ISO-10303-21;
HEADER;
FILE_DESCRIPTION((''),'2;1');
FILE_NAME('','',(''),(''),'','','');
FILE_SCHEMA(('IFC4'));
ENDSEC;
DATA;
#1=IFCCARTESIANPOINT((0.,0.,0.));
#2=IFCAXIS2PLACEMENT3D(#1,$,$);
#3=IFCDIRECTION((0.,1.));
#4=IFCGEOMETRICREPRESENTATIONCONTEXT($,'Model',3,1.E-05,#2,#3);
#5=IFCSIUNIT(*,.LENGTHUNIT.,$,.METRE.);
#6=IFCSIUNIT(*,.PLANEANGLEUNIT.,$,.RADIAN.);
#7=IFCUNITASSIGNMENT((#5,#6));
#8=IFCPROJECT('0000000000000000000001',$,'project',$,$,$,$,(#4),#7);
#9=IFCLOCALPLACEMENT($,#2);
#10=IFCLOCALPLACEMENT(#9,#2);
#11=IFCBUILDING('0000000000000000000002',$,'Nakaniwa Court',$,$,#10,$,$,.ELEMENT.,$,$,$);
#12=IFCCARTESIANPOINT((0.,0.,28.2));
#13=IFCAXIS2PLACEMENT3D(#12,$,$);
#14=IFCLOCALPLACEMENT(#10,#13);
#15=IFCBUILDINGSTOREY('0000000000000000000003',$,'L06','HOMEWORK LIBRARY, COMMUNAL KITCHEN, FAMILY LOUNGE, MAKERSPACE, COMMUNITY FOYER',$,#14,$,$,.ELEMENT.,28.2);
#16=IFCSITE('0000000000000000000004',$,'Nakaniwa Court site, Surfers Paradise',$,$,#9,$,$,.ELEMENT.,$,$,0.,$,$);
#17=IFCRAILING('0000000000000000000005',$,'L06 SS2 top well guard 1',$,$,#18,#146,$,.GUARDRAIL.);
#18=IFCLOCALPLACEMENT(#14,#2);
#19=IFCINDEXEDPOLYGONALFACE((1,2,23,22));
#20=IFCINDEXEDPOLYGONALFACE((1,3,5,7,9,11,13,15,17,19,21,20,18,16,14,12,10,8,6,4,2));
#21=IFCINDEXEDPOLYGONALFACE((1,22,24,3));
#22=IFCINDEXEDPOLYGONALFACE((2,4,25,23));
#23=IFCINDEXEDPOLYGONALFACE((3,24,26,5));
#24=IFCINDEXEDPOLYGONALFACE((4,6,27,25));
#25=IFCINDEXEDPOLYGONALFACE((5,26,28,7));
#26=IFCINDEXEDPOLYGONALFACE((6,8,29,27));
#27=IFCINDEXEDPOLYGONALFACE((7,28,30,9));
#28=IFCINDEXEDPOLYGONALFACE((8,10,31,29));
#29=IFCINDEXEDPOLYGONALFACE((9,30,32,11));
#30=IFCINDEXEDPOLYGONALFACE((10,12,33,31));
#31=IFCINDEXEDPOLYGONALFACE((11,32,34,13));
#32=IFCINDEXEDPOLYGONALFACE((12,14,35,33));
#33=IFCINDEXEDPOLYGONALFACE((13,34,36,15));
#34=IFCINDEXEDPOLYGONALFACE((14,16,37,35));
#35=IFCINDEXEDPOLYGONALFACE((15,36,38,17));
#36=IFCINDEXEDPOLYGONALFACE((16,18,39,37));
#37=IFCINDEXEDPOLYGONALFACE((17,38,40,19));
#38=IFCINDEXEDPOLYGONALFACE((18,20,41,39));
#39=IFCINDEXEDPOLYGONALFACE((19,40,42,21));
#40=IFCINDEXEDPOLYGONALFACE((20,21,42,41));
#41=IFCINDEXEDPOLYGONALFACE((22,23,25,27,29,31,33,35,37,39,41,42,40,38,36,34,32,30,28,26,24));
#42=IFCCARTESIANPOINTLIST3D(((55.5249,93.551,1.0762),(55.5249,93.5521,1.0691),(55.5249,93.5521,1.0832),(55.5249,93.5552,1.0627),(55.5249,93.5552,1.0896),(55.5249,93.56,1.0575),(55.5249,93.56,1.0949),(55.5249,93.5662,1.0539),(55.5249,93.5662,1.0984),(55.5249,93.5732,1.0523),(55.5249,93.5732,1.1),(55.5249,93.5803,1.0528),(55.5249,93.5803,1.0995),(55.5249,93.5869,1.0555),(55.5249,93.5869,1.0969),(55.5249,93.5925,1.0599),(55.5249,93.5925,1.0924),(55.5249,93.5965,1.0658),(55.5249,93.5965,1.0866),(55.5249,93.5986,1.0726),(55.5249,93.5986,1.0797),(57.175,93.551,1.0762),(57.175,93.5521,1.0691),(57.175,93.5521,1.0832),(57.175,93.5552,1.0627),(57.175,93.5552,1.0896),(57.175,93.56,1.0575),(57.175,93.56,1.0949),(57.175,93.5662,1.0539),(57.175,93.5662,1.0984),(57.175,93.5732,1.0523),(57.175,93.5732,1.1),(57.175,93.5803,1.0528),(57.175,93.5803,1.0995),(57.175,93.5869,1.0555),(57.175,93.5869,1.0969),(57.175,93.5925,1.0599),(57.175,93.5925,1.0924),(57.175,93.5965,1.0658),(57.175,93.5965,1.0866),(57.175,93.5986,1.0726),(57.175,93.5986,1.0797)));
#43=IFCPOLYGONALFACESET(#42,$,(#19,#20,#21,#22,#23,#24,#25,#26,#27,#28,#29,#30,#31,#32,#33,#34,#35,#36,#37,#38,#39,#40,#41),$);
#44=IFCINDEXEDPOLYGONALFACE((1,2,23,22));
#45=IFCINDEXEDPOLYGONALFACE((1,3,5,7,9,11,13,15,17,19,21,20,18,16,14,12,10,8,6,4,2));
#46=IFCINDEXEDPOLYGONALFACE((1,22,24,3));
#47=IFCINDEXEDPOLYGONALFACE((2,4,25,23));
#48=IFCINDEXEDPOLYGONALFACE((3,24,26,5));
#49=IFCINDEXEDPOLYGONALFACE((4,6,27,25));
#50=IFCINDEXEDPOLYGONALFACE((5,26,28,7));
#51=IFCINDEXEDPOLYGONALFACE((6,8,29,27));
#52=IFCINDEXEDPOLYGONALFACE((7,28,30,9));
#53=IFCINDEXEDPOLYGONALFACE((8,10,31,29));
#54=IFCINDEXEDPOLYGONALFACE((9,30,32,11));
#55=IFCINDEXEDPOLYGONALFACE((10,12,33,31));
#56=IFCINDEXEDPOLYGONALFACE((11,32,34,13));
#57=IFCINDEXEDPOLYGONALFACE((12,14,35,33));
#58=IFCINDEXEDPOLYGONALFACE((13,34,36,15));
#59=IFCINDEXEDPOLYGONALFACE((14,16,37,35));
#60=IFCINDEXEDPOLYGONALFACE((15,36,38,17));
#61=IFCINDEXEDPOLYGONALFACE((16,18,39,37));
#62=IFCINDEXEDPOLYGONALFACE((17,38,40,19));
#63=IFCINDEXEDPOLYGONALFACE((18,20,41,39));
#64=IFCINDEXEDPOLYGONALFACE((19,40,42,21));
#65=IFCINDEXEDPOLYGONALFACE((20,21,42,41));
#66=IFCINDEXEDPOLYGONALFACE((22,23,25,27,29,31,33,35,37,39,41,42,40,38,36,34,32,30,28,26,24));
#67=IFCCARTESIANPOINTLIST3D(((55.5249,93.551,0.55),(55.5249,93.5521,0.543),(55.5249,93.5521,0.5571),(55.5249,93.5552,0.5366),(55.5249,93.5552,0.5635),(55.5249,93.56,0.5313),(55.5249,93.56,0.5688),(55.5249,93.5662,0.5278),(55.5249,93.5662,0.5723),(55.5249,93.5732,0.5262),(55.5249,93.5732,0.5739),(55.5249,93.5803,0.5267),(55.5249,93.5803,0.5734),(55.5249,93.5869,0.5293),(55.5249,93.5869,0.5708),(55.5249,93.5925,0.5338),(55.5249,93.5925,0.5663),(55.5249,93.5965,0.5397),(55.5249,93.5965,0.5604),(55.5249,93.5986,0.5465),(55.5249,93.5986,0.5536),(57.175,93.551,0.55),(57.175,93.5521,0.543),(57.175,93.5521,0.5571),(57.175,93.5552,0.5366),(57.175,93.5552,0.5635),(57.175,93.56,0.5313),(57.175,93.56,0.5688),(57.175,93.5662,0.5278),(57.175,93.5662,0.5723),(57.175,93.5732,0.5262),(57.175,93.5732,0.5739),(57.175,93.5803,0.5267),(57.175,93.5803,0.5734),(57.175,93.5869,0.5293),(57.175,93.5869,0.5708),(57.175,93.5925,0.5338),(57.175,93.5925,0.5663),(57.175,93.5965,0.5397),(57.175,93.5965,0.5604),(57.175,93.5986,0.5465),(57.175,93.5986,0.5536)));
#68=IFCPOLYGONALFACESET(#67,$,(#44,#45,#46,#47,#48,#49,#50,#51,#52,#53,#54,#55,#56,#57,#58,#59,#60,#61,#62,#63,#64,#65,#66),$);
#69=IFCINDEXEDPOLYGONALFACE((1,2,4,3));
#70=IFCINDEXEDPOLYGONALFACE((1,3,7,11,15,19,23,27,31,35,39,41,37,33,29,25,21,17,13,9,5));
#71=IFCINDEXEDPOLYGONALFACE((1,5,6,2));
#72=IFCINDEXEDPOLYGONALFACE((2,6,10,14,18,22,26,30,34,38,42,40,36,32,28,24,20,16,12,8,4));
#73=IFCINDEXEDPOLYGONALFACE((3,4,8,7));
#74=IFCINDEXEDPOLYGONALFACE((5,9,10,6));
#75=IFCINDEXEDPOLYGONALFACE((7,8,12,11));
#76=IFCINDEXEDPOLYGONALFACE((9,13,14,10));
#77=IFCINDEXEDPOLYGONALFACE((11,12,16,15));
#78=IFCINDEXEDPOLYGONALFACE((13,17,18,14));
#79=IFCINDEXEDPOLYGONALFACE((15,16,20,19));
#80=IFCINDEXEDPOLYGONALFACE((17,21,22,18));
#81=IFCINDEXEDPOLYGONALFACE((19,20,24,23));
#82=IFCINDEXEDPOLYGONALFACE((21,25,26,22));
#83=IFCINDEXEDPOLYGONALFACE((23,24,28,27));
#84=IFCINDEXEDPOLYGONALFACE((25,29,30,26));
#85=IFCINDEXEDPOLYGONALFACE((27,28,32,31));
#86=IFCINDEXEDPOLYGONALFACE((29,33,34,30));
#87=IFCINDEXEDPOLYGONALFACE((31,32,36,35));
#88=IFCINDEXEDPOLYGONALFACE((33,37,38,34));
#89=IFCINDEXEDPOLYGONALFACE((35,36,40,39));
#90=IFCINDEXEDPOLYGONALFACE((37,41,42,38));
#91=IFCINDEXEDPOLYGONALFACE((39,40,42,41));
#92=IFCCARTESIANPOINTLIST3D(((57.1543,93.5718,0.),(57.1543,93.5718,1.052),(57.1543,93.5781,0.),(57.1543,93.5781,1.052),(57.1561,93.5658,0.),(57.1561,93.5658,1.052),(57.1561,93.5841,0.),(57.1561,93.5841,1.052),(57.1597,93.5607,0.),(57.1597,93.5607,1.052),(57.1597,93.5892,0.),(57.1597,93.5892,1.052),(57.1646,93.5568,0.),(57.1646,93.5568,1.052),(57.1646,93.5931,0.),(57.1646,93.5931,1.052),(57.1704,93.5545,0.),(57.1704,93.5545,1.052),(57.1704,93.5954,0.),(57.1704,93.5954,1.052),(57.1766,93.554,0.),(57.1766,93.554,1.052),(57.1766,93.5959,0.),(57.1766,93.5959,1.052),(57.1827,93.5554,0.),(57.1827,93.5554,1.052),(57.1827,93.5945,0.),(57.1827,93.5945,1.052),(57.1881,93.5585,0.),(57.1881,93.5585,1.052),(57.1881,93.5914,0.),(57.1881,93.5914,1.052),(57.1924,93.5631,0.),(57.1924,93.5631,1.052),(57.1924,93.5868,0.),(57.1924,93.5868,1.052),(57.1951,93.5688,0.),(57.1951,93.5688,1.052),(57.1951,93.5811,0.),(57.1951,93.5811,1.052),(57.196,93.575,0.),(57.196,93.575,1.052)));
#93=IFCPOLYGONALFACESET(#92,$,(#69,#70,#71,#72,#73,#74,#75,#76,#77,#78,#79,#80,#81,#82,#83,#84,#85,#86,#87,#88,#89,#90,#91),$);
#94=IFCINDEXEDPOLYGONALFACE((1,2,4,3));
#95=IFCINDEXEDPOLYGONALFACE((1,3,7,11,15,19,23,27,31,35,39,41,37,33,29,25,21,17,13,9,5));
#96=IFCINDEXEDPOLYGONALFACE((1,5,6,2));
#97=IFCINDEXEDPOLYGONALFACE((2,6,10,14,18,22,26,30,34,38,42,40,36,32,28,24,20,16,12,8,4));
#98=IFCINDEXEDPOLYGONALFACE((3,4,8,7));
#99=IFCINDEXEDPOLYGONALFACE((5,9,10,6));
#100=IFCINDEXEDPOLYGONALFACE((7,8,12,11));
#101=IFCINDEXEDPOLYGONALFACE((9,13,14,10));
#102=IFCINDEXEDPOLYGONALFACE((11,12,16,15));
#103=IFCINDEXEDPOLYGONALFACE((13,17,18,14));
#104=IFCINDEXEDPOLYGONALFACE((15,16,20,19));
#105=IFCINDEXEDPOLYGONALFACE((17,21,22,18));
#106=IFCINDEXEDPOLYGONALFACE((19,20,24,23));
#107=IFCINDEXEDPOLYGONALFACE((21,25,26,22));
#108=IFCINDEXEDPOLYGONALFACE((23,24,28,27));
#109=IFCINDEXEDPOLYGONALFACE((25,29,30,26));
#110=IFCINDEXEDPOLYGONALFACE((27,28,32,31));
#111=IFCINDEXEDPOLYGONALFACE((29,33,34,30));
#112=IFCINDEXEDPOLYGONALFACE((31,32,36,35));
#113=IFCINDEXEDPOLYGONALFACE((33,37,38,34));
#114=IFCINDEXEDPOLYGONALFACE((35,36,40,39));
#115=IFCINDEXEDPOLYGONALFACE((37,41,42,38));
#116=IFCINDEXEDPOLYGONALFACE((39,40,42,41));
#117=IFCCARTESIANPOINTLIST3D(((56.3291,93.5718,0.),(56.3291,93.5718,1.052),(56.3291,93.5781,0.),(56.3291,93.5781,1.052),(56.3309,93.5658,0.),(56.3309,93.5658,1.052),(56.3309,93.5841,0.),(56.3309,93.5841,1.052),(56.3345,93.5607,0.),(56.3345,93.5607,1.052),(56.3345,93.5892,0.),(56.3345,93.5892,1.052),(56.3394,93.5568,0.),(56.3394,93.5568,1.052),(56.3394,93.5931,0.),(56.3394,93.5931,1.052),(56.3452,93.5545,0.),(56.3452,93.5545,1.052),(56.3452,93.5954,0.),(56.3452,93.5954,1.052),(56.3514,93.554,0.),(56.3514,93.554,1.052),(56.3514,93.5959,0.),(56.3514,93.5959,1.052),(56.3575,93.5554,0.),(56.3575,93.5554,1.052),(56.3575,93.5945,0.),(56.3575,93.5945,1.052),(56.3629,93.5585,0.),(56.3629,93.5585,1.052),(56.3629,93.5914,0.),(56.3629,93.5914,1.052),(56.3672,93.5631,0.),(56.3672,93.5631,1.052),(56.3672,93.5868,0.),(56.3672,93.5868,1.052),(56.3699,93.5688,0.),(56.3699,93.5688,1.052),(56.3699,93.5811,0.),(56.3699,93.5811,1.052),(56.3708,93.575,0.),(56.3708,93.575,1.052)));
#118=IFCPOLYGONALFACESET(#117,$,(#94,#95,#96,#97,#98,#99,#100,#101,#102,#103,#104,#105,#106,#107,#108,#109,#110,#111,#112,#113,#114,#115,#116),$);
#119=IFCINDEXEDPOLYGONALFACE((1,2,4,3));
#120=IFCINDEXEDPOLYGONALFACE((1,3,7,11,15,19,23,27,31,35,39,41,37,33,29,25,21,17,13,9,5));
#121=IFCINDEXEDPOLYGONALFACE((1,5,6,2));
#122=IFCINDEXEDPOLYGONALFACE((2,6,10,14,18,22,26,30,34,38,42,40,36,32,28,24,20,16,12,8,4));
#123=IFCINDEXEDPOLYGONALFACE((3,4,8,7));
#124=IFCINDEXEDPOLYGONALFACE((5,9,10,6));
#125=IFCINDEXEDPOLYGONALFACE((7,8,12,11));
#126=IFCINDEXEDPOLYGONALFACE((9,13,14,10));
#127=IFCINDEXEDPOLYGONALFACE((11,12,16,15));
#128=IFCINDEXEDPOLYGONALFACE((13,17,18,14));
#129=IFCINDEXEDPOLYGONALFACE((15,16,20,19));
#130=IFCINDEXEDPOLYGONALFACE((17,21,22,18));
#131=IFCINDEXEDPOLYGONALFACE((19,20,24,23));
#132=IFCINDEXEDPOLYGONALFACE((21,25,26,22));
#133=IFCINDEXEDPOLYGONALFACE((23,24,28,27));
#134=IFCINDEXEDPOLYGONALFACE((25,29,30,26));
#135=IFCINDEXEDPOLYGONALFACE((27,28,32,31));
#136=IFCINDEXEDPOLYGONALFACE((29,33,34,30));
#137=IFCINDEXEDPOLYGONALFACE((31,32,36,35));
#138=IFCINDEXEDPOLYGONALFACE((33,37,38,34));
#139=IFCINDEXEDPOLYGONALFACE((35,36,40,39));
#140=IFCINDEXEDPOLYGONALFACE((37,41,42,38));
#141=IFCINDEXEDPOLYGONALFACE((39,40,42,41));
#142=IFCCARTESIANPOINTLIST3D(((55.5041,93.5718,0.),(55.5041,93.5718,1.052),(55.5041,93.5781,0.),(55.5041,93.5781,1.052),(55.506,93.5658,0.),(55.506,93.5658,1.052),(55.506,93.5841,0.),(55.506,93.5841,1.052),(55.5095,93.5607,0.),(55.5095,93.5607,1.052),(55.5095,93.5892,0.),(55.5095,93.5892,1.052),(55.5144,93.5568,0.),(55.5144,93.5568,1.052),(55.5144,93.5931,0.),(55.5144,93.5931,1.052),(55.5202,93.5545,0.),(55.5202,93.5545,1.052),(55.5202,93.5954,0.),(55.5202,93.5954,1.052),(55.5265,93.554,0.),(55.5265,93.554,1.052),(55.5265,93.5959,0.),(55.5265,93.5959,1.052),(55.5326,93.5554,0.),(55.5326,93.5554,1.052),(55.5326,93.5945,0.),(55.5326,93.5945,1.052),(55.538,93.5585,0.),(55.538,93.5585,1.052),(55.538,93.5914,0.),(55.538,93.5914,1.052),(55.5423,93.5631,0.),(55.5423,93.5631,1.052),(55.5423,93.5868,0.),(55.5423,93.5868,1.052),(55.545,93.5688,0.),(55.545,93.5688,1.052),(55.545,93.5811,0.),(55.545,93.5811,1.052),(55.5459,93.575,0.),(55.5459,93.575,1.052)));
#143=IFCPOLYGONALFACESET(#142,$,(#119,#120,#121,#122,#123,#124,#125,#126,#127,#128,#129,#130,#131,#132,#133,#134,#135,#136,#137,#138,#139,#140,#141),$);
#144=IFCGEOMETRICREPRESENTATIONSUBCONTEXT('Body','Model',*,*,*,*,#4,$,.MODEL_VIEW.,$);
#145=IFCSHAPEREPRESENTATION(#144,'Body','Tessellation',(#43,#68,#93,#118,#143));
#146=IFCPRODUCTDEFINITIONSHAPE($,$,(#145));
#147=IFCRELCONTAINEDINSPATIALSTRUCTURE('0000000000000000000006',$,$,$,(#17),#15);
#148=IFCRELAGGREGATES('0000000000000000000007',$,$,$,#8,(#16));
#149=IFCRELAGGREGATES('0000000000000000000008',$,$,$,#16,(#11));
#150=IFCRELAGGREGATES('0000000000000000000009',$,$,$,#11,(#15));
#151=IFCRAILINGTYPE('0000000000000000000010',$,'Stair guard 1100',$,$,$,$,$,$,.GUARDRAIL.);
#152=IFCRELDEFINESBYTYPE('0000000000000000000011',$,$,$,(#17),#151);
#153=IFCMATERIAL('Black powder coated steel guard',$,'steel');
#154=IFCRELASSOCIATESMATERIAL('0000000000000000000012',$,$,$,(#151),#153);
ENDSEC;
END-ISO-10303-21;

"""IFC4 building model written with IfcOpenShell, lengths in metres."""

from ifc_helpers import new_model, si_unit, direction, frame, origin, origin_2d, place, context, subcontext, project, spatial, circle, extrude, material, type_object, element, save


model = new_model("IFC4")

# Units and contexts
model_context = context("Model", 3, precision=1e-05, world=origin(), true_north=direction((0.0, 1.0)))
body_context = subcontext(model_context, "Body", "Model", "MODEL_VIEW")
ifc_project = project(units=[si_unit("LENGTHUNIT", "METRE"), si_unit("PLANEANGLEUNIT", "RADIAN")], contexts=[model_context])

# Site, building, storey
site_placement = place(None, origin())
site = spatial("IfcSite", under=ifc_project, at=site_placement, Name="Nakaniwa Court site, Surfers Paradise", CompositionType="ELEMENT", RefElevation=0.0)
building_placement = place(site_placement, origin())
building = spatial("IfcBuilding", under=site, at=building_placement, Name="Nakaniwa Court", CompositionType="ELEMENT")
storey_placement = place(building_placement, frame((0.0, 0.0, 28.2)))
storey = spatial("IfcBuildingStorey", under=building, at=storey_placement, Name="L06", Description="HOMEWORK LIBRARY, COMMUNAL KITCHEN, FAMILY LOUNGE, MAKERSPACE, COMMUNITY FOYER", CompositionType="ELEMENT", Elevation=28.2)

# Railing
ifc_material_1 = material(Name="Black powder coated steel guard", Category="steel")
railing_type_1 = type_object("IfcRailingType", Name="Stair guard 1100", PredefinedType="GUARDRAIL", material=ifc_material_1)
railing_1_placement = place(storey_placement, frame((57.175, 93.575, 0.0)))
element("IfcRailing", 1, at=railing_1_placement, inside=storey, type_object=railing_type_1, Name="L06 SS2 top well guard 1", PredefinedType="GUARDRAIL", context=body_context, shape_type="SweptSolid", body=[
    extrude(circle(Radius=0.0239, at=origin_2d()), frame((0.0, 0.0, 1.0762), z_axis=(-1.0, 0.0, 0.0), x_axis=(0.0, -1.0, 0.0)), (0.0, 0.0, 1.0), 1.6501),
    extrude(circle(Radius=0.0239, at=origin_2d()), frame((0.0, 0.0, 0.55), z_axis=(-1.0, 0.0, 0.0), x_axis=(0.0, -1.0, 0.0)), (0.0, 0.0, 1.0), 1.6501),
    extrude(circle(Radius=0.021, at=origin_2d()), origin(), (0.0, 0.0, 1.0), 1.052),
    extrude(circle(Radius=0.021, at=origin_2d()), frame((-0.8252, 0.0, 0.0)), (0.0, 0.0, 1.0), 1.052),
    extrude(circle(Radius=0.021, at=origin_2d()), frame((-1.6501, 0.0, 0.0)), (0.0, 0.0, 1.0), 1.052),
])

save(model, "model.ifc")
